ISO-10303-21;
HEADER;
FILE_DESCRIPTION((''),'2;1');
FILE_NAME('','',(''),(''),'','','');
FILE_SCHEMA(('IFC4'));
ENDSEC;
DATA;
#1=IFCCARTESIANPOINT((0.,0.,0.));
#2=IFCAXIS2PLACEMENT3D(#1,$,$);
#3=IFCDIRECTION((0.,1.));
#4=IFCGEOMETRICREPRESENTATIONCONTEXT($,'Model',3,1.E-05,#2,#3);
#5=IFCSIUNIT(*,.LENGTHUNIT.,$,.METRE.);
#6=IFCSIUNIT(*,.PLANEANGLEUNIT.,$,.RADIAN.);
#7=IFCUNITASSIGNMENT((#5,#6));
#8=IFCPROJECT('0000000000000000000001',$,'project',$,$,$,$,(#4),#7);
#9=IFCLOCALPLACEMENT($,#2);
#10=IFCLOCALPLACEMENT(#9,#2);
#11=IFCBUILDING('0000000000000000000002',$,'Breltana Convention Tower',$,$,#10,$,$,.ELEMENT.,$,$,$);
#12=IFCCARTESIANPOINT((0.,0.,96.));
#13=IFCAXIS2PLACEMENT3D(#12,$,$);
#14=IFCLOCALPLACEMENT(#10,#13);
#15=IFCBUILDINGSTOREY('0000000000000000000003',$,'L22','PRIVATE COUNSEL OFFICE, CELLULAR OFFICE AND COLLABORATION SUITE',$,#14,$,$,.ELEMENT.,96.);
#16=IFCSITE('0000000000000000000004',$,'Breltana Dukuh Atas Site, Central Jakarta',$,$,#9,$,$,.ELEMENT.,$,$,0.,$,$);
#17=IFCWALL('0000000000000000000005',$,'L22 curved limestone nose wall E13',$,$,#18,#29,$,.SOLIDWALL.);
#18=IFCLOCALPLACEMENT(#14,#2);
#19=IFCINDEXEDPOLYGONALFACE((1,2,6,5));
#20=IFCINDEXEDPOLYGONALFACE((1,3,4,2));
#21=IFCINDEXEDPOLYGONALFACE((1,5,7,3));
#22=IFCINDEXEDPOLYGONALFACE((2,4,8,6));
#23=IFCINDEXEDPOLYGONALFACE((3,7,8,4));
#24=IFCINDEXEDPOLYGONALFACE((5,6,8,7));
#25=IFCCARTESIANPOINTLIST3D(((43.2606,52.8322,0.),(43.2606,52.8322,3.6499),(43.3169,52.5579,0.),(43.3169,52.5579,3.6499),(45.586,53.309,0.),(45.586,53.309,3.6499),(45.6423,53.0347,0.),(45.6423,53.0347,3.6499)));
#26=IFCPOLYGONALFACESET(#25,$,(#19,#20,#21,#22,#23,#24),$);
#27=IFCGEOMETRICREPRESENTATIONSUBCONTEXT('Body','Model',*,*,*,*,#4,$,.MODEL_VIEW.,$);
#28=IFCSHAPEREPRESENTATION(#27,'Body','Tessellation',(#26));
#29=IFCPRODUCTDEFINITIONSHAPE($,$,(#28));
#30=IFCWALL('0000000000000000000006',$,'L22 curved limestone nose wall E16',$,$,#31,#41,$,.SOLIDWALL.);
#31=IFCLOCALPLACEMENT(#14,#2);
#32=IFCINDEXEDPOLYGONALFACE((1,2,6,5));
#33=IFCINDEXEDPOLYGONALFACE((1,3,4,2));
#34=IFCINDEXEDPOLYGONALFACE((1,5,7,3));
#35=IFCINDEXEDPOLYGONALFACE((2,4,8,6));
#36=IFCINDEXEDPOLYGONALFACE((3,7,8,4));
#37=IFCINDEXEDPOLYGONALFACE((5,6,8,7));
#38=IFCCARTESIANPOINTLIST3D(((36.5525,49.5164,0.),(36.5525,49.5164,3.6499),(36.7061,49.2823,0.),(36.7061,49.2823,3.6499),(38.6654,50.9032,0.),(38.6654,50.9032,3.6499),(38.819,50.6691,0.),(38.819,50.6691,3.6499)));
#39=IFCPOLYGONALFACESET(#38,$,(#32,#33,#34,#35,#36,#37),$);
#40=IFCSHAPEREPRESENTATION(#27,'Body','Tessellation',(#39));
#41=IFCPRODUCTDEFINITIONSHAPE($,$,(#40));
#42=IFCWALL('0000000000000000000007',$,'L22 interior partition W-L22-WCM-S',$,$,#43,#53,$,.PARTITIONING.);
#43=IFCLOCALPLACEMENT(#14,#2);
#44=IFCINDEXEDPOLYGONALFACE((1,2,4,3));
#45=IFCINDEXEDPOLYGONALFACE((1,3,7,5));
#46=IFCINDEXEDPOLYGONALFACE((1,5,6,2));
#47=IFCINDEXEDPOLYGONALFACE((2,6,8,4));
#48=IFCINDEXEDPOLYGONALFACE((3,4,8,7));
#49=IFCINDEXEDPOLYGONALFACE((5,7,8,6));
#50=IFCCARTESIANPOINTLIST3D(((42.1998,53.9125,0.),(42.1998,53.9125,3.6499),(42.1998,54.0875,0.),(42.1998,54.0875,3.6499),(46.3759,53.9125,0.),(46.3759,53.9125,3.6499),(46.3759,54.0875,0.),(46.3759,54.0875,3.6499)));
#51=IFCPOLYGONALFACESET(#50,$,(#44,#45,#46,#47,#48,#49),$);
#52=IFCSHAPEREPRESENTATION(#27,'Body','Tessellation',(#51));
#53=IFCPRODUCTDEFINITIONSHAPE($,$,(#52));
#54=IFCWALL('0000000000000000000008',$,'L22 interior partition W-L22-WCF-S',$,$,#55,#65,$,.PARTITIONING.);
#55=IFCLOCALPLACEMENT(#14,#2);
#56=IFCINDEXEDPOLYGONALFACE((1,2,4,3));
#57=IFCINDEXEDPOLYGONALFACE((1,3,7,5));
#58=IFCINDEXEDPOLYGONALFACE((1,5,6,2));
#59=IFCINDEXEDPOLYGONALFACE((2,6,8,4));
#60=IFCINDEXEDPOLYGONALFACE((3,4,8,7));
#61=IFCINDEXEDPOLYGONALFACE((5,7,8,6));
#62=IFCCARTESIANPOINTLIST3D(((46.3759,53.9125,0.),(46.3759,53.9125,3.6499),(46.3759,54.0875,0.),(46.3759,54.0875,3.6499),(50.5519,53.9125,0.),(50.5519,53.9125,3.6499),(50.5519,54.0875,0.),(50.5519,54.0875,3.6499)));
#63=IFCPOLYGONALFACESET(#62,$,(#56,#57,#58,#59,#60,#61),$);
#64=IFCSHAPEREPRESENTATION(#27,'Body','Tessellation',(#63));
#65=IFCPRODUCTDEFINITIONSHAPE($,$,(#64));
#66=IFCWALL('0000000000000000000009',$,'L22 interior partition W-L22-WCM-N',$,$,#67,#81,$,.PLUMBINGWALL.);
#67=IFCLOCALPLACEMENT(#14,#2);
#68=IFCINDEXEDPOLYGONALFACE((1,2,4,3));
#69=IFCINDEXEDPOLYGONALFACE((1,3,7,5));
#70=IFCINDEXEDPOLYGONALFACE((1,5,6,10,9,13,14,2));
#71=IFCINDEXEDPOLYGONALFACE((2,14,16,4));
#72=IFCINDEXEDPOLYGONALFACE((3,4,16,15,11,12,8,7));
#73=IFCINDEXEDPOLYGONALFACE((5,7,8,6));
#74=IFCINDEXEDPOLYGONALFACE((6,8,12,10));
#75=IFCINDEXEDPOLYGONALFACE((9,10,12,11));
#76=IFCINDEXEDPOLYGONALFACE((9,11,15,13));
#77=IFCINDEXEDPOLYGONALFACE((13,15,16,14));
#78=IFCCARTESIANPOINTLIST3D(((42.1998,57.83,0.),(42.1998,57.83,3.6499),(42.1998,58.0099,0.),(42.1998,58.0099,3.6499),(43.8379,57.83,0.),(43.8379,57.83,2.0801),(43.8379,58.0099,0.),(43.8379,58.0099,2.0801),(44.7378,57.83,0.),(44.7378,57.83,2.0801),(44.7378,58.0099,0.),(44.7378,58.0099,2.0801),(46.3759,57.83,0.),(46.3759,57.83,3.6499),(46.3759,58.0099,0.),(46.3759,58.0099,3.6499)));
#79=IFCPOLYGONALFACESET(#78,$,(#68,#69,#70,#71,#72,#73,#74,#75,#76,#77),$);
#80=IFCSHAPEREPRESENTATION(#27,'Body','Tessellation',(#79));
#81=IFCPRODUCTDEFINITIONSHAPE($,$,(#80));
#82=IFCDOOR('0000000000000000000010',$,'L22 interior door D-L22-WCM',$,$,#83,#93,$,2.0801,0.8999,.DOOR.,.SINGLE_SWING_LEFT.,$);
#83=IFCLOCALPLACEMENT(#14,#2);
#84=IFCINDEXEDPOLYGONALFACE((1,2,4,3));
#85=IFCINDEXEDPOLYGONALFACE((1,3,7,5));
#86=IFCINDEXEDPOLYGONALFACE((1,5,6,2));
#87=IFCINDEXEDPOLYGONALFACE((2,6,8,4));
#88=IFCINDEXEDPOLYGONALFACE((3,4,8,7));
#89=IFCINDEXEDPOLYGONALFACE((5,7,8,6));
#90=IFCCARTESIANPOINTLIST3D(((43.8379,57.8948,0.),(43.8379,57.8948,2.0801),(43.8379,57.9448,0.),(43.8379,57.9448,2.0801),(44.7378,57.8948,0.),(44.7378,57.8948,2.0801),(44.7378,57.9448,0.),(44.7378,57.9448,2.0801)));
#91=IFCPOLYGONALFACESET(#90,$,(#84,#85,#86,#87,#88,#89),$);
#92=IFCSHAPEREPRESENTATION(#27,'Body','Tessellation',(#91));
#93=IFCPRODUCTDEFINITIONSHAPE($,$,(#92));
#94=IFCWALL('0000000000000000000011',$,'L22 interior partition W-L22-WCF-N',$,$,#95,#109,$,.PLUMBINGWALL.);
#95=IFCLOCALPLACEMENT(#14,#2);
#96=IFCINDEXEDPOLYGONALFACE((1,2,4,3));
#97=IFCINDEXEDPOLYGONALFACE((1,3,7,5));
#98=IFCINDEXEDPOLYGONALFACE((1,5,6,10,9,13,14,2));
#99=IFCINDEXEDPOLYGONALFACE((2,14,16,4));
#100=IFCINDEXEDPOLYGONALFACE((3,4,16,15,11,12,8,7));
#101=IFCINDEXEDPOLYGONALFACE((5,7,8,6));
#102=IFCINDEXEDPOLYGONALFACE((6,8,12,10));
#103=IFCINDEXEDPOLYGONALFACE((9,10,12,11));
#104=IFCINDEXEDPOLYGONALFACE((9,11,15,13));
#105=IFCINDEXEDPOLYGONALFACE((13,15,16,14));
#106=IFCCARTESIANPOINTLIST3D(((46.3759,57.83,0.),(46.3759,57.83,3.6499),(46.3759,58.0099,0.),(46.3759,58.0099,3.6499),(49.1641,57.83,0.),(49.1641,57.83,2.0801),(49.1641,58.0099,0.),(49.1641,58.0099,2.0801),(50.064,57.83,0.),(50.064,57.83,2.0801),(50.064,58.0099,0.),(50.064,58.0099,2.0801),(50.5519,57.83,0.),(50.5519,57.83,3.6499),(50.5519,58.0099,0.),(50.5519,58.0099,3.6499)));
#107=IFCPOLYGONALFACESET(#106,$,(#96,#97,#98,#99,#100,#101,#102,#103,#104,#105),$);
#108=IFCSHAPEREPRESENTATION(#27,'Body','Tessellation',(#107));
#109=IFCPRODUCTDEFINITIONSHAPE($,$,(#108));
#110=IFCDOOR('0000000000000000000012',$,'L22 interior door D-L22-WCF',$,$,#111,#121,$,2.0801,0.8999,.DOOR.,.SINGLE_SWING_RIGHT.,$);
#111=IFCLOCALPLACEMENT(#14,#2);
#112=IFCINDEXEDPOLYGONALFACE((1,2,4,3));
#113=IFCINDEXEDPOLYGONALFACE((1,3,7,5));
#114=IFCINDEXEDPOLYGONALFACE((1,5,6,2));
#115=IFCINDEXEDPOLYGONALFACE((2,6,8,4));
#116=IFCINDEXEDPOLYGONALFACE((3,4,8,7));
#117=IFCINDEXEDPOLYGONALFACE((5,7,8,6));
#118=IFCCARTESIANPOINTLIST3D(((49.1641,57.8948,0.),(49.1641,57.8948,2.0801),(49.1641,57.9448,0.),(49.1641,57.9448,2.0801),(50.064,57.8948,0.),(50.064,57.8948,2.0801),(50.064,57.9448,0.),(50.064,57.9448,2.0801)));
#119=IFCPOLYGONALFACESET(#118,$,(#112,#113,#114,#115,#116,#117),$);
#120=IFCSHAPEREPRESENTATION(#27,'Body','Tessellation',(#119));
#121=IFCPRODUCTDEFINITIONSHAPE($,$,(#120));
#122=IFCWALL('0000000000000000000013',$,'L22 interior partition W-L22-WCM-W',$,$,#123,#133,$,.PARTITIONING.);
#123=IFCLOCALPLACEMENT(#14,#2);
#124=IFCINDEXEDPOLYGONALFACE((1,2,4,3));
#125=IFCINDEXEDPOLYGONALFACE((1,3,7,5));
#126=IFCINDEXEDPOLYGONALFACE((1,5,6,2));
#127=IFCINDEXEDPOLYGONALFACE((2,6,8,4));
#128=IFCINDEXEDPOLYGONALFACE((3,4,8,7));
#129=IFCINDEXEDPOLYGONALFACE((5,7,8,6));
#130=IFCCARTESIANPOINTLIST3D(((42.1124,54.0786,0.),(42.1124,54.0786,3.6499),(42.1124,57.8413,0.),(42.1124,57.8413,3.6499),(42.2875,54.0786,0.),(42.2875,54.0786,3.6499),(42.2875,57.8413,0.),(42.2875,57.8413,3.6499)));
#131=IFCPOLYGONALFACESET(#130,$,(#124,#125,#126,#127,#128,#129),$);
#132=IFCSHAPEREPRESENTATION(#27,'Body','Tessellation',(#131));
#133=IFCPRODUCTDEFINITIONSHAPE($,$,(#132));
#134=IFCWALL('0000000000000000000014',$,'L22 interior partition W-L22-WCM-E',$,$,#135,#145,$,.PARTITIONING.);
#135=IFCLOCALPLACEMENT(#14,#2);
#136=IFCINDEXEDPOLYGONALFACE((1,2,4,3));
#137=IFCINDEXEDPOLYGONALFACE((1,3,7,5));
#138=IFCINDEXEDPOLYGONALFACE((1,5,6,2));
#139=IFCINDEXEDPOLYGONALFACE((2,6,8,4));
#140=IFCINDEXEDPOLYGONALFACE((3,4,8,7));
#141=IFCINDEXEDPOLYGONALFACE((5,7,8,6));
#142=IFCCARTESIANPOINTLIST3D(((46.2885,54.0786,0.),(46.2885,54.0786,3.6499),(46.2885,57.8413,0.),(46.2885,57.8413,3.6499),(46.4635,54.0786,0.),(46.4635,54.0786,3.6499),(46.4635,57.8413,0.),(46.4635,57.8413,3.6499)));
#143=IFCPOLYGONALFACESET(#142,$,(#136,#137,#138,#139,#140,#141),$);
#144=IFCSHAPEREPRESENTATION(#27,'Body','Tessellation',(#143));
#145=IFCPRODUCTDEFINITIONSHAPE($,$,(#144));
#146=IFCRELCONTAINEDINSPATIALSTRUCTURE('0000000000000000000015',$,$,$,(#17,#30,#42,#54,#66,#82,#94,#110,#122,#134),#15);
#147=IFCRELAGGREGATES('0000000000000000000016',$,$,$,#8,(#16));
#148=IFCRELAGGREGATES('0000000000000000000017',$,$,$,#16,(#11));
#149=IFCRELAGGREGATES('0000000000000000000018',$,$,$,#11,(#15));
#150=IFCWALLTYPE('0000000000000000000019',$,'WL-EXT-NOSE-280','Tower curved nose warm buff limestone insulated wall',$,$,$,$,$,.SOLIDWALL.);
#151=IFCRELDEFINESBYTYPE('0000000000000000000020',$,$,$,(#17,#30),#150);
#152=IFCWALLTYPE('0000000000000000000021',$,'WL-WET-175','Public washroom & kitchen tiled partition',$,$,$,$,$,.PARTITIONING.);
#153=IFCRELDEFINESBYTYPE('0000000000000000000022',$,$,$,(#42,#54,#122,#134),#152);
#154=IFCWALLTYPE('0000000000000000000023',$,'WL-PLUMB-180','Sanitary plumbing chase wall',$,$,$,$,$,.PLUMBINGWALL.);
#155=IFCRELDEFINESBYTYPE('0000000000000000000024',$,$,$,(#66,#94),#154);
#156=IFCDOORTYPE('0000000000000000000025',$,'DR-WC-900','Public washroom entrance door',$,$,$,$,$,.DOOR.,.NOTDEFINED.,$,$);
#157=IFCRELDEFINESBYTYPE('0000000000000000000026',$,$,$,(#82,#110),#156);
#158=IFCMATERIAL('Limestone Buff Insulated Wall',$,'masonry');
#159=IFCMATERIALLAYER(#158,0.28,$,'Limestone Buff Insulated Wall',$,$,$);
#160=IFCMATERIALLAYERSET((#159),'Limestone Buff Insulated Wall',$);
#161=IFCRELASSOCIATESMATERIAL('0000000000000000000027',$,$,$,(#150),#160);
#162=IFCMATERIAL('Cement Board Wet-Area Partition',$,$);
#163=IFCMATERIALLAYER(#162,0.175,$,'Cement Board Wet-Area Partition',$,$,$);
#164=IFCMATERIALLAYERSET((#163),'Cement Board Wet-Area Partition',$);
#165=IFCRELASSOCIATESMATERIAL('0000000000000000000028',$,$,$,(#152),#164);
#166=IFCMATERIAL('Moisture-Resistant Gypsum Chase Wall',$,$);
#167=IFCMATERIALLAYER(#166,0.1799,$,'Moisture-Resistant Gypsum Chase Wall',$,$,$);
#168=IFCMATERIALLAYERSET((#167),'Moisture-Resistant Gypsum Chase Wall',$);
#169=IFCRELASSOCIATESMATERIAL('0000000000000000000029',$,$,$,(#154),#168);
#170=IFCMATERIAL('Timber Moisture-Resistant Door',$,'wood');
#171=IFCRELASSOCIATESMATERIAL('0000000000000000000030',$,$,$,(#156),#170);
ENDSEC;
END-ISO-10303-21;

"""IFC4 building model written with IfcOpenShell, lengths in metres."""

from ifc_helpers import new_model, si_unit, direction, frame, frame_2d, origin, place, context, subcontext, project, spatial, rectangle, extrude, source, transform, mapped, material, layer, layer_set, type_object, type_shapes, element, fill, save


model = new_model("IFC4")

# Units and contexts
model_context = context("Model", 3, precision=1e-05, world=origin(), true_north=direction((0.0, 1.0)))
body_context = subcontext(model_context, "Body", "Model", "MODEL_VIEW")
ifc_project = project(units=[si_unit("LENGTHUNIT", "METRE"), si_unit("PLANEANGLEUNIT", "RADIAN")], contexts=[model_context])

# Site, building, storey
site_placement = place(None, origin())
site = spatial("IfcSite", under=ifc_project, at=site_placement, Name="Breltana Dukuh Atas Site, Central Jakarta", CompositionType="ELEMENT", RefElevation=0.0)
building_placement = place(site_placement, origin())
building = spatial("IfcBuilding", under=site, at=building_placement, Name="Breltana Convention Tower", CompositionType="ELEMENT")
storey_placement = place(building_placement, frame((0.0, 0.0, 96.0)))
storey = spatial("IfcBuildingStorey", under=building, at=storey_placement, Name="L22", Description="PRIVATE COUNSEL OFFICE, CELLULAR OFFICE AND COLLABORATION SUITE", CompositionType="ELEMENT", Elevation=96.0)

# Walls
ifc_material_1 = material(Name="Limestone Buff Insulated Wall", Category="masonry")
ifc_layer_1 = layer(ifc_material_1, 0.28, Name="Limestone Buff Insulated Wall")
ifc_layer_set_1 = layer_set([ifc_layer_1], Name="Limestone Buff Insulated Wall")
wall_type_1 = type_object("IfcWallType", Name="WL-EXT-NOSE-280", Description="Tower curved nose warm buff limestone insulated wall", PredefinedType="SOLIDWALL", material=ifc_layer_set_1)
shared_shape_1 = source(origin(), body_context, "Body", "SweptSolid", [
    extrude(rectangle(XDim=2.3738, YDim=0.28, at=frame_2d((1.187, 0.0))), origin(), (0.0, 0.0, 1.0), 3.6499),
])
wall_1_placement = place(storey_placement, frame((45.6143, 53.1719, 0.0), z_axis=(0.0, 0.0, 1.0), x_axis=(-0.97962, -0.200861, 0.0)))
element("IfcWall", 1, at=wall_1_placement, inside=storey, type_object=wall_type_1, Name="L22 curved limestone nose wall E13", PredefinedType="SOLIDWALL", context=body_context, shape_type="MappedRepresentation", body=[
    mapped(shared_shape_1, transform((0.0, 0.0, 0.0), scale=1.0)),
])
shared_shape_2 = source(origin(), body_context, "Body", "SweptSolid", [
    extrude(rectangle(XDim=2.5273, YDim=0.28, at=frame_2d((1.2637, 0.0))), origin(), (0.0, 0.0, 1.0), 3.6499),
])
wall_2_placement = place(storey_placement, frame((38.7422, 50.7861, 0.0), z_axis=(0.0, 0.0, 1.0), x_axis=(-0.836012, -0.548711, 0.0)))
element("IfcWall", 2, at=wall_2_placement, inside=storey, type_object=wall_type_1, Name="L22 curved limestone nose wall E16", PredefinedType="SOLIDWALL", context=body_context, shape_type="MappedRepresentation", body=[
    mapped(shared_shape_2, transform((0.0, 0.0, 0.0), scale=1.0)),
])
ifc_material_2 = material(Name="Cement Board Wet-Area Partition")
ifc_layer_2 = layer(ifc_material_2, 0.175, Name="Cement Board Wet-Area Partition")
ifc_layer_set_2 = layer_set([ifc_layer_2], Name="Cement Board Wet-Area Partition")
wall_type_2 = type_object("IfcWallType", Name="WL-WET-175", Description="Public washroom & kitchen tiled partition", PredefinedType="PARTITIONING", material=ifc_layer_set_2)
shared_shape_3 = source(origin(), body_context, "Body", "SweptSolid", [
    extrude(rectangle(XDim=4.176, YDim=0.175, at=frame_2d((2.0879, 0.0))), origin(), (0.0, 0.0, 1.0), 3.6499),
])
for number, where, z_axis, x_axis, name in (
    (3, (42.2, 54.0, 0.0), (0.0, 0.0, 1.0), (1.0, 0.0, 0.0), "L22 interior partition W-L22-WCM-S"),
    (4, (46.376, 54.0, 0.0), (0.0, 0.0, 1.0), (1.0, 0.0, 0.0), "L22 interior partition W-L22-WCF-S"),
):
    element("IfcWall", number, at=place(storey_placement, frame(where, z_axis=z_axis, x_axis=x_axis)), inside=storey, type_object=wall_type_2, Name=name, PredefinedType="PARTITIONING", context=body_context, shape_type="MappedRepresentation", body=[
        mapped(shared_shape_3, transform((0.0, 0.0, 0.0), scale=1.0)),
    ])

# Walls, openings, doors
ifc_material_3 = material(Name="Moisture-Resistant Gypsum Chase Wall")
ifc_layer_3 = layer(ifc_material_3, 0.1799, Name="Moisture-Resistant Gypsum Chase Wall")
ifc_layer_set_3 = layer_set([ifc_layer_3], Name="Moisture-Resistant Gypsum Chase Wall")
wall_type_3 = type_object("IfcWallType", Name="WL-PLUMB-180", Description="Sanitary plumbing chase wall", PredefinedType="PLUMBINGWALL", material=ifc_layer_set_3)
shared_shape_4 = source(origin(), body_context, "Body", "SweptSolid", [
    extrude(rectangle(XDim=4.176, YDim=0.1799, at=frame_2d((2.0879, 0.0))), origin(), (0.0, 0.0, 1.0), 3.6499),
])
wall_3_placement = place(storey_placement, frame((42.2, 57.9199, 0.0), z_axis=(0.0, 0.0, 1.0), x_axis=(1.0, 0.0, 0.0)))
wall_3 = element("IfcWall", 5, at=wall_3_placement, inside=storey, type_object=wall_type_3, Name="L22 interior partition W-L22-WCM-N", PredefinedType="PLUMBINGWALL", context=body_context, shape_type="MappedRepresentation", body=[
    mapped(shared_shape_4, transform((0.0, 0.0, 0.0), scale=1.0)),
])
opening_1_placement = place(wall_3_placement, frame((1.6379, 0.0, 0.0)))
opening_1 = element("IfcOpeningElement", 6, at=opening_1_placement, cuts=wall_3, PredefinedType="OPENING", context=body_context, shape_type="SweptSolid", body=[
    extrude(rectangle(XDim=0.8999, YDim=2.0801, at=frame_2d((0.45, 1.04))), frame((0.0, 0.1001, 0.0), z_axis=(0.0, -1.0, 0.0), x_axis=(1.0, 0.0, 0.0)), (0.0, 0.0, 1.0), 0.2),
])
ifc_material_4 = material(Name="Timber Moisture-Resistant Door", Category="wood")
door_type = type_object("IfcDoorType", Name="DR-WC-900", Description="Public washroom entrance door", OperationType="NOTDEFINED", PredefinedType="DOOR", material=ifc_material_4)
shared_shape_5 = source(origin(), body_context, "Body", "SweptSolid", [
    extrude(rectangle(XDim=0.8999, YDim=2.0801, at=frame_2d((0.45, 1.04))), frame((0.0, 0.0249, 0.0), z_axis=(0.0, -1.0, 0.0), x_axis=(1.0, 0.0, 0.0)), (0.0, 0.0, 1.0), 0.05),
])
type_shapes(door_type, [shared_shape_5])
door_1_placement = place(opening_1_placement, origin())
door_1 = element("IfcDoor", 7, at=door_1_placement, inside=storey, type_object=door_type, Name="L22 interior door D-L22-WCM", OperationType="SINGLE_SWING_LEFT", OverallHeight=2.0801, OverallWidth=0.8999, PredefinedType="DOOR", context=body_context, shape_type="MappedRepresentation", body=[
    mapped(shared_shape_5, transform((0.0, 0.0, 0.0), scale=1.0)),
])
fill(opening_1, door_1)
wall_4_placement = place(storey_placement, frame((46.376, 57.9199, 0.0), z_axis=(0.0, 0.0, 1.0), x_axis=(1.0, 0.0, 0.0)))
wall_4 = element("IfcWall", 8, at=wall_4_placement, inside=storey, type_object=wall_type_3, Name="L22 interior partition W-L22-WCF-N", PredefinedType="PLUMBINGWALL", context=body_context, shape_type="MappedRepresentation", body=[
    mapped(shared_shape_4, transform((0.0, 0.0, 0.0), scale=1.0)),
])
opening_2_placement = place(wall_4_placement, frame((2.7881, 0.0, 0.0)))
opening_2 = element("IfcOpeningElement", 9, at=opening_2_placement, cuts=wall_4, PredefinedType="OPENING", context=body_context, shape_type="SweptSolid", body=[
    extrude(rectangle(XDim=0.8999, YDim=2.0801, at=frame_2d((0.45, 1.04))), frame((0.0, 0.1001, 0.0), z_axis=(0.0, -1.0, 0.0), x_axis=(1.0, 0.0, 0.0)), (0.0, 0.0, 1.0), 0.2),
])
door_2_placement = place(opening_2_placement, origin())
door_2 = element("IfcDoor", 10, at=door_2_placement, inside=storey, type_object=door_type, Name="L22 interior door D-L22-WCF", OperationType="SINGLE_SWING_RIGHT", OverallHeight=2.0801, OverallWidth=0.8999, PredefinedType="DOOR", context=body_context, shape_type="MappedRepresentation", body=[
    mapped(shared_shape_5, transform((0.0, 0.0, 0.0), scale=1.0)),
])
fill(opening_2, door_2)

# Walls
shared_shape_6 = source(origin(), body_context, "Body", "SweptSolid", [
    extrude(rectangle(XDim=3.7627, YDim=0.175, at=frame_2d((1.8813, 0.0))), origin(), (0.0, 0.0, 1.0), 3.6499),
])
for number, where, z_axis, x_axis, name in (
    (11, (42.2, 54.0786, 0.0), (0.0, 0.0, 1.0), (0.0, 1.0, 0.0), "L22 interior partition W-L22-WCM-W"),
    (12, (46.376, 54.0786, 0.0), (0.0, 0.0, 1.0), (0.0, 1.0, 0.0), "L22 interior partition W-L22-WCM-E"),
):
    element("IfcWall", number, at=place(storey_placement, frame(where, z_axis=z_axis, x_axis=x_axis)), inside=storey, type_object=wall_type_2, Name=name, PredefinedType="PARTITIONING", context=body_context, shape_type="MappedRepresentation", body=[
        mapped(shared_shape_6, transform((0.0, 0.0, 0.0), scale=1.0)),
    ])

save(model, "model.ifc")
